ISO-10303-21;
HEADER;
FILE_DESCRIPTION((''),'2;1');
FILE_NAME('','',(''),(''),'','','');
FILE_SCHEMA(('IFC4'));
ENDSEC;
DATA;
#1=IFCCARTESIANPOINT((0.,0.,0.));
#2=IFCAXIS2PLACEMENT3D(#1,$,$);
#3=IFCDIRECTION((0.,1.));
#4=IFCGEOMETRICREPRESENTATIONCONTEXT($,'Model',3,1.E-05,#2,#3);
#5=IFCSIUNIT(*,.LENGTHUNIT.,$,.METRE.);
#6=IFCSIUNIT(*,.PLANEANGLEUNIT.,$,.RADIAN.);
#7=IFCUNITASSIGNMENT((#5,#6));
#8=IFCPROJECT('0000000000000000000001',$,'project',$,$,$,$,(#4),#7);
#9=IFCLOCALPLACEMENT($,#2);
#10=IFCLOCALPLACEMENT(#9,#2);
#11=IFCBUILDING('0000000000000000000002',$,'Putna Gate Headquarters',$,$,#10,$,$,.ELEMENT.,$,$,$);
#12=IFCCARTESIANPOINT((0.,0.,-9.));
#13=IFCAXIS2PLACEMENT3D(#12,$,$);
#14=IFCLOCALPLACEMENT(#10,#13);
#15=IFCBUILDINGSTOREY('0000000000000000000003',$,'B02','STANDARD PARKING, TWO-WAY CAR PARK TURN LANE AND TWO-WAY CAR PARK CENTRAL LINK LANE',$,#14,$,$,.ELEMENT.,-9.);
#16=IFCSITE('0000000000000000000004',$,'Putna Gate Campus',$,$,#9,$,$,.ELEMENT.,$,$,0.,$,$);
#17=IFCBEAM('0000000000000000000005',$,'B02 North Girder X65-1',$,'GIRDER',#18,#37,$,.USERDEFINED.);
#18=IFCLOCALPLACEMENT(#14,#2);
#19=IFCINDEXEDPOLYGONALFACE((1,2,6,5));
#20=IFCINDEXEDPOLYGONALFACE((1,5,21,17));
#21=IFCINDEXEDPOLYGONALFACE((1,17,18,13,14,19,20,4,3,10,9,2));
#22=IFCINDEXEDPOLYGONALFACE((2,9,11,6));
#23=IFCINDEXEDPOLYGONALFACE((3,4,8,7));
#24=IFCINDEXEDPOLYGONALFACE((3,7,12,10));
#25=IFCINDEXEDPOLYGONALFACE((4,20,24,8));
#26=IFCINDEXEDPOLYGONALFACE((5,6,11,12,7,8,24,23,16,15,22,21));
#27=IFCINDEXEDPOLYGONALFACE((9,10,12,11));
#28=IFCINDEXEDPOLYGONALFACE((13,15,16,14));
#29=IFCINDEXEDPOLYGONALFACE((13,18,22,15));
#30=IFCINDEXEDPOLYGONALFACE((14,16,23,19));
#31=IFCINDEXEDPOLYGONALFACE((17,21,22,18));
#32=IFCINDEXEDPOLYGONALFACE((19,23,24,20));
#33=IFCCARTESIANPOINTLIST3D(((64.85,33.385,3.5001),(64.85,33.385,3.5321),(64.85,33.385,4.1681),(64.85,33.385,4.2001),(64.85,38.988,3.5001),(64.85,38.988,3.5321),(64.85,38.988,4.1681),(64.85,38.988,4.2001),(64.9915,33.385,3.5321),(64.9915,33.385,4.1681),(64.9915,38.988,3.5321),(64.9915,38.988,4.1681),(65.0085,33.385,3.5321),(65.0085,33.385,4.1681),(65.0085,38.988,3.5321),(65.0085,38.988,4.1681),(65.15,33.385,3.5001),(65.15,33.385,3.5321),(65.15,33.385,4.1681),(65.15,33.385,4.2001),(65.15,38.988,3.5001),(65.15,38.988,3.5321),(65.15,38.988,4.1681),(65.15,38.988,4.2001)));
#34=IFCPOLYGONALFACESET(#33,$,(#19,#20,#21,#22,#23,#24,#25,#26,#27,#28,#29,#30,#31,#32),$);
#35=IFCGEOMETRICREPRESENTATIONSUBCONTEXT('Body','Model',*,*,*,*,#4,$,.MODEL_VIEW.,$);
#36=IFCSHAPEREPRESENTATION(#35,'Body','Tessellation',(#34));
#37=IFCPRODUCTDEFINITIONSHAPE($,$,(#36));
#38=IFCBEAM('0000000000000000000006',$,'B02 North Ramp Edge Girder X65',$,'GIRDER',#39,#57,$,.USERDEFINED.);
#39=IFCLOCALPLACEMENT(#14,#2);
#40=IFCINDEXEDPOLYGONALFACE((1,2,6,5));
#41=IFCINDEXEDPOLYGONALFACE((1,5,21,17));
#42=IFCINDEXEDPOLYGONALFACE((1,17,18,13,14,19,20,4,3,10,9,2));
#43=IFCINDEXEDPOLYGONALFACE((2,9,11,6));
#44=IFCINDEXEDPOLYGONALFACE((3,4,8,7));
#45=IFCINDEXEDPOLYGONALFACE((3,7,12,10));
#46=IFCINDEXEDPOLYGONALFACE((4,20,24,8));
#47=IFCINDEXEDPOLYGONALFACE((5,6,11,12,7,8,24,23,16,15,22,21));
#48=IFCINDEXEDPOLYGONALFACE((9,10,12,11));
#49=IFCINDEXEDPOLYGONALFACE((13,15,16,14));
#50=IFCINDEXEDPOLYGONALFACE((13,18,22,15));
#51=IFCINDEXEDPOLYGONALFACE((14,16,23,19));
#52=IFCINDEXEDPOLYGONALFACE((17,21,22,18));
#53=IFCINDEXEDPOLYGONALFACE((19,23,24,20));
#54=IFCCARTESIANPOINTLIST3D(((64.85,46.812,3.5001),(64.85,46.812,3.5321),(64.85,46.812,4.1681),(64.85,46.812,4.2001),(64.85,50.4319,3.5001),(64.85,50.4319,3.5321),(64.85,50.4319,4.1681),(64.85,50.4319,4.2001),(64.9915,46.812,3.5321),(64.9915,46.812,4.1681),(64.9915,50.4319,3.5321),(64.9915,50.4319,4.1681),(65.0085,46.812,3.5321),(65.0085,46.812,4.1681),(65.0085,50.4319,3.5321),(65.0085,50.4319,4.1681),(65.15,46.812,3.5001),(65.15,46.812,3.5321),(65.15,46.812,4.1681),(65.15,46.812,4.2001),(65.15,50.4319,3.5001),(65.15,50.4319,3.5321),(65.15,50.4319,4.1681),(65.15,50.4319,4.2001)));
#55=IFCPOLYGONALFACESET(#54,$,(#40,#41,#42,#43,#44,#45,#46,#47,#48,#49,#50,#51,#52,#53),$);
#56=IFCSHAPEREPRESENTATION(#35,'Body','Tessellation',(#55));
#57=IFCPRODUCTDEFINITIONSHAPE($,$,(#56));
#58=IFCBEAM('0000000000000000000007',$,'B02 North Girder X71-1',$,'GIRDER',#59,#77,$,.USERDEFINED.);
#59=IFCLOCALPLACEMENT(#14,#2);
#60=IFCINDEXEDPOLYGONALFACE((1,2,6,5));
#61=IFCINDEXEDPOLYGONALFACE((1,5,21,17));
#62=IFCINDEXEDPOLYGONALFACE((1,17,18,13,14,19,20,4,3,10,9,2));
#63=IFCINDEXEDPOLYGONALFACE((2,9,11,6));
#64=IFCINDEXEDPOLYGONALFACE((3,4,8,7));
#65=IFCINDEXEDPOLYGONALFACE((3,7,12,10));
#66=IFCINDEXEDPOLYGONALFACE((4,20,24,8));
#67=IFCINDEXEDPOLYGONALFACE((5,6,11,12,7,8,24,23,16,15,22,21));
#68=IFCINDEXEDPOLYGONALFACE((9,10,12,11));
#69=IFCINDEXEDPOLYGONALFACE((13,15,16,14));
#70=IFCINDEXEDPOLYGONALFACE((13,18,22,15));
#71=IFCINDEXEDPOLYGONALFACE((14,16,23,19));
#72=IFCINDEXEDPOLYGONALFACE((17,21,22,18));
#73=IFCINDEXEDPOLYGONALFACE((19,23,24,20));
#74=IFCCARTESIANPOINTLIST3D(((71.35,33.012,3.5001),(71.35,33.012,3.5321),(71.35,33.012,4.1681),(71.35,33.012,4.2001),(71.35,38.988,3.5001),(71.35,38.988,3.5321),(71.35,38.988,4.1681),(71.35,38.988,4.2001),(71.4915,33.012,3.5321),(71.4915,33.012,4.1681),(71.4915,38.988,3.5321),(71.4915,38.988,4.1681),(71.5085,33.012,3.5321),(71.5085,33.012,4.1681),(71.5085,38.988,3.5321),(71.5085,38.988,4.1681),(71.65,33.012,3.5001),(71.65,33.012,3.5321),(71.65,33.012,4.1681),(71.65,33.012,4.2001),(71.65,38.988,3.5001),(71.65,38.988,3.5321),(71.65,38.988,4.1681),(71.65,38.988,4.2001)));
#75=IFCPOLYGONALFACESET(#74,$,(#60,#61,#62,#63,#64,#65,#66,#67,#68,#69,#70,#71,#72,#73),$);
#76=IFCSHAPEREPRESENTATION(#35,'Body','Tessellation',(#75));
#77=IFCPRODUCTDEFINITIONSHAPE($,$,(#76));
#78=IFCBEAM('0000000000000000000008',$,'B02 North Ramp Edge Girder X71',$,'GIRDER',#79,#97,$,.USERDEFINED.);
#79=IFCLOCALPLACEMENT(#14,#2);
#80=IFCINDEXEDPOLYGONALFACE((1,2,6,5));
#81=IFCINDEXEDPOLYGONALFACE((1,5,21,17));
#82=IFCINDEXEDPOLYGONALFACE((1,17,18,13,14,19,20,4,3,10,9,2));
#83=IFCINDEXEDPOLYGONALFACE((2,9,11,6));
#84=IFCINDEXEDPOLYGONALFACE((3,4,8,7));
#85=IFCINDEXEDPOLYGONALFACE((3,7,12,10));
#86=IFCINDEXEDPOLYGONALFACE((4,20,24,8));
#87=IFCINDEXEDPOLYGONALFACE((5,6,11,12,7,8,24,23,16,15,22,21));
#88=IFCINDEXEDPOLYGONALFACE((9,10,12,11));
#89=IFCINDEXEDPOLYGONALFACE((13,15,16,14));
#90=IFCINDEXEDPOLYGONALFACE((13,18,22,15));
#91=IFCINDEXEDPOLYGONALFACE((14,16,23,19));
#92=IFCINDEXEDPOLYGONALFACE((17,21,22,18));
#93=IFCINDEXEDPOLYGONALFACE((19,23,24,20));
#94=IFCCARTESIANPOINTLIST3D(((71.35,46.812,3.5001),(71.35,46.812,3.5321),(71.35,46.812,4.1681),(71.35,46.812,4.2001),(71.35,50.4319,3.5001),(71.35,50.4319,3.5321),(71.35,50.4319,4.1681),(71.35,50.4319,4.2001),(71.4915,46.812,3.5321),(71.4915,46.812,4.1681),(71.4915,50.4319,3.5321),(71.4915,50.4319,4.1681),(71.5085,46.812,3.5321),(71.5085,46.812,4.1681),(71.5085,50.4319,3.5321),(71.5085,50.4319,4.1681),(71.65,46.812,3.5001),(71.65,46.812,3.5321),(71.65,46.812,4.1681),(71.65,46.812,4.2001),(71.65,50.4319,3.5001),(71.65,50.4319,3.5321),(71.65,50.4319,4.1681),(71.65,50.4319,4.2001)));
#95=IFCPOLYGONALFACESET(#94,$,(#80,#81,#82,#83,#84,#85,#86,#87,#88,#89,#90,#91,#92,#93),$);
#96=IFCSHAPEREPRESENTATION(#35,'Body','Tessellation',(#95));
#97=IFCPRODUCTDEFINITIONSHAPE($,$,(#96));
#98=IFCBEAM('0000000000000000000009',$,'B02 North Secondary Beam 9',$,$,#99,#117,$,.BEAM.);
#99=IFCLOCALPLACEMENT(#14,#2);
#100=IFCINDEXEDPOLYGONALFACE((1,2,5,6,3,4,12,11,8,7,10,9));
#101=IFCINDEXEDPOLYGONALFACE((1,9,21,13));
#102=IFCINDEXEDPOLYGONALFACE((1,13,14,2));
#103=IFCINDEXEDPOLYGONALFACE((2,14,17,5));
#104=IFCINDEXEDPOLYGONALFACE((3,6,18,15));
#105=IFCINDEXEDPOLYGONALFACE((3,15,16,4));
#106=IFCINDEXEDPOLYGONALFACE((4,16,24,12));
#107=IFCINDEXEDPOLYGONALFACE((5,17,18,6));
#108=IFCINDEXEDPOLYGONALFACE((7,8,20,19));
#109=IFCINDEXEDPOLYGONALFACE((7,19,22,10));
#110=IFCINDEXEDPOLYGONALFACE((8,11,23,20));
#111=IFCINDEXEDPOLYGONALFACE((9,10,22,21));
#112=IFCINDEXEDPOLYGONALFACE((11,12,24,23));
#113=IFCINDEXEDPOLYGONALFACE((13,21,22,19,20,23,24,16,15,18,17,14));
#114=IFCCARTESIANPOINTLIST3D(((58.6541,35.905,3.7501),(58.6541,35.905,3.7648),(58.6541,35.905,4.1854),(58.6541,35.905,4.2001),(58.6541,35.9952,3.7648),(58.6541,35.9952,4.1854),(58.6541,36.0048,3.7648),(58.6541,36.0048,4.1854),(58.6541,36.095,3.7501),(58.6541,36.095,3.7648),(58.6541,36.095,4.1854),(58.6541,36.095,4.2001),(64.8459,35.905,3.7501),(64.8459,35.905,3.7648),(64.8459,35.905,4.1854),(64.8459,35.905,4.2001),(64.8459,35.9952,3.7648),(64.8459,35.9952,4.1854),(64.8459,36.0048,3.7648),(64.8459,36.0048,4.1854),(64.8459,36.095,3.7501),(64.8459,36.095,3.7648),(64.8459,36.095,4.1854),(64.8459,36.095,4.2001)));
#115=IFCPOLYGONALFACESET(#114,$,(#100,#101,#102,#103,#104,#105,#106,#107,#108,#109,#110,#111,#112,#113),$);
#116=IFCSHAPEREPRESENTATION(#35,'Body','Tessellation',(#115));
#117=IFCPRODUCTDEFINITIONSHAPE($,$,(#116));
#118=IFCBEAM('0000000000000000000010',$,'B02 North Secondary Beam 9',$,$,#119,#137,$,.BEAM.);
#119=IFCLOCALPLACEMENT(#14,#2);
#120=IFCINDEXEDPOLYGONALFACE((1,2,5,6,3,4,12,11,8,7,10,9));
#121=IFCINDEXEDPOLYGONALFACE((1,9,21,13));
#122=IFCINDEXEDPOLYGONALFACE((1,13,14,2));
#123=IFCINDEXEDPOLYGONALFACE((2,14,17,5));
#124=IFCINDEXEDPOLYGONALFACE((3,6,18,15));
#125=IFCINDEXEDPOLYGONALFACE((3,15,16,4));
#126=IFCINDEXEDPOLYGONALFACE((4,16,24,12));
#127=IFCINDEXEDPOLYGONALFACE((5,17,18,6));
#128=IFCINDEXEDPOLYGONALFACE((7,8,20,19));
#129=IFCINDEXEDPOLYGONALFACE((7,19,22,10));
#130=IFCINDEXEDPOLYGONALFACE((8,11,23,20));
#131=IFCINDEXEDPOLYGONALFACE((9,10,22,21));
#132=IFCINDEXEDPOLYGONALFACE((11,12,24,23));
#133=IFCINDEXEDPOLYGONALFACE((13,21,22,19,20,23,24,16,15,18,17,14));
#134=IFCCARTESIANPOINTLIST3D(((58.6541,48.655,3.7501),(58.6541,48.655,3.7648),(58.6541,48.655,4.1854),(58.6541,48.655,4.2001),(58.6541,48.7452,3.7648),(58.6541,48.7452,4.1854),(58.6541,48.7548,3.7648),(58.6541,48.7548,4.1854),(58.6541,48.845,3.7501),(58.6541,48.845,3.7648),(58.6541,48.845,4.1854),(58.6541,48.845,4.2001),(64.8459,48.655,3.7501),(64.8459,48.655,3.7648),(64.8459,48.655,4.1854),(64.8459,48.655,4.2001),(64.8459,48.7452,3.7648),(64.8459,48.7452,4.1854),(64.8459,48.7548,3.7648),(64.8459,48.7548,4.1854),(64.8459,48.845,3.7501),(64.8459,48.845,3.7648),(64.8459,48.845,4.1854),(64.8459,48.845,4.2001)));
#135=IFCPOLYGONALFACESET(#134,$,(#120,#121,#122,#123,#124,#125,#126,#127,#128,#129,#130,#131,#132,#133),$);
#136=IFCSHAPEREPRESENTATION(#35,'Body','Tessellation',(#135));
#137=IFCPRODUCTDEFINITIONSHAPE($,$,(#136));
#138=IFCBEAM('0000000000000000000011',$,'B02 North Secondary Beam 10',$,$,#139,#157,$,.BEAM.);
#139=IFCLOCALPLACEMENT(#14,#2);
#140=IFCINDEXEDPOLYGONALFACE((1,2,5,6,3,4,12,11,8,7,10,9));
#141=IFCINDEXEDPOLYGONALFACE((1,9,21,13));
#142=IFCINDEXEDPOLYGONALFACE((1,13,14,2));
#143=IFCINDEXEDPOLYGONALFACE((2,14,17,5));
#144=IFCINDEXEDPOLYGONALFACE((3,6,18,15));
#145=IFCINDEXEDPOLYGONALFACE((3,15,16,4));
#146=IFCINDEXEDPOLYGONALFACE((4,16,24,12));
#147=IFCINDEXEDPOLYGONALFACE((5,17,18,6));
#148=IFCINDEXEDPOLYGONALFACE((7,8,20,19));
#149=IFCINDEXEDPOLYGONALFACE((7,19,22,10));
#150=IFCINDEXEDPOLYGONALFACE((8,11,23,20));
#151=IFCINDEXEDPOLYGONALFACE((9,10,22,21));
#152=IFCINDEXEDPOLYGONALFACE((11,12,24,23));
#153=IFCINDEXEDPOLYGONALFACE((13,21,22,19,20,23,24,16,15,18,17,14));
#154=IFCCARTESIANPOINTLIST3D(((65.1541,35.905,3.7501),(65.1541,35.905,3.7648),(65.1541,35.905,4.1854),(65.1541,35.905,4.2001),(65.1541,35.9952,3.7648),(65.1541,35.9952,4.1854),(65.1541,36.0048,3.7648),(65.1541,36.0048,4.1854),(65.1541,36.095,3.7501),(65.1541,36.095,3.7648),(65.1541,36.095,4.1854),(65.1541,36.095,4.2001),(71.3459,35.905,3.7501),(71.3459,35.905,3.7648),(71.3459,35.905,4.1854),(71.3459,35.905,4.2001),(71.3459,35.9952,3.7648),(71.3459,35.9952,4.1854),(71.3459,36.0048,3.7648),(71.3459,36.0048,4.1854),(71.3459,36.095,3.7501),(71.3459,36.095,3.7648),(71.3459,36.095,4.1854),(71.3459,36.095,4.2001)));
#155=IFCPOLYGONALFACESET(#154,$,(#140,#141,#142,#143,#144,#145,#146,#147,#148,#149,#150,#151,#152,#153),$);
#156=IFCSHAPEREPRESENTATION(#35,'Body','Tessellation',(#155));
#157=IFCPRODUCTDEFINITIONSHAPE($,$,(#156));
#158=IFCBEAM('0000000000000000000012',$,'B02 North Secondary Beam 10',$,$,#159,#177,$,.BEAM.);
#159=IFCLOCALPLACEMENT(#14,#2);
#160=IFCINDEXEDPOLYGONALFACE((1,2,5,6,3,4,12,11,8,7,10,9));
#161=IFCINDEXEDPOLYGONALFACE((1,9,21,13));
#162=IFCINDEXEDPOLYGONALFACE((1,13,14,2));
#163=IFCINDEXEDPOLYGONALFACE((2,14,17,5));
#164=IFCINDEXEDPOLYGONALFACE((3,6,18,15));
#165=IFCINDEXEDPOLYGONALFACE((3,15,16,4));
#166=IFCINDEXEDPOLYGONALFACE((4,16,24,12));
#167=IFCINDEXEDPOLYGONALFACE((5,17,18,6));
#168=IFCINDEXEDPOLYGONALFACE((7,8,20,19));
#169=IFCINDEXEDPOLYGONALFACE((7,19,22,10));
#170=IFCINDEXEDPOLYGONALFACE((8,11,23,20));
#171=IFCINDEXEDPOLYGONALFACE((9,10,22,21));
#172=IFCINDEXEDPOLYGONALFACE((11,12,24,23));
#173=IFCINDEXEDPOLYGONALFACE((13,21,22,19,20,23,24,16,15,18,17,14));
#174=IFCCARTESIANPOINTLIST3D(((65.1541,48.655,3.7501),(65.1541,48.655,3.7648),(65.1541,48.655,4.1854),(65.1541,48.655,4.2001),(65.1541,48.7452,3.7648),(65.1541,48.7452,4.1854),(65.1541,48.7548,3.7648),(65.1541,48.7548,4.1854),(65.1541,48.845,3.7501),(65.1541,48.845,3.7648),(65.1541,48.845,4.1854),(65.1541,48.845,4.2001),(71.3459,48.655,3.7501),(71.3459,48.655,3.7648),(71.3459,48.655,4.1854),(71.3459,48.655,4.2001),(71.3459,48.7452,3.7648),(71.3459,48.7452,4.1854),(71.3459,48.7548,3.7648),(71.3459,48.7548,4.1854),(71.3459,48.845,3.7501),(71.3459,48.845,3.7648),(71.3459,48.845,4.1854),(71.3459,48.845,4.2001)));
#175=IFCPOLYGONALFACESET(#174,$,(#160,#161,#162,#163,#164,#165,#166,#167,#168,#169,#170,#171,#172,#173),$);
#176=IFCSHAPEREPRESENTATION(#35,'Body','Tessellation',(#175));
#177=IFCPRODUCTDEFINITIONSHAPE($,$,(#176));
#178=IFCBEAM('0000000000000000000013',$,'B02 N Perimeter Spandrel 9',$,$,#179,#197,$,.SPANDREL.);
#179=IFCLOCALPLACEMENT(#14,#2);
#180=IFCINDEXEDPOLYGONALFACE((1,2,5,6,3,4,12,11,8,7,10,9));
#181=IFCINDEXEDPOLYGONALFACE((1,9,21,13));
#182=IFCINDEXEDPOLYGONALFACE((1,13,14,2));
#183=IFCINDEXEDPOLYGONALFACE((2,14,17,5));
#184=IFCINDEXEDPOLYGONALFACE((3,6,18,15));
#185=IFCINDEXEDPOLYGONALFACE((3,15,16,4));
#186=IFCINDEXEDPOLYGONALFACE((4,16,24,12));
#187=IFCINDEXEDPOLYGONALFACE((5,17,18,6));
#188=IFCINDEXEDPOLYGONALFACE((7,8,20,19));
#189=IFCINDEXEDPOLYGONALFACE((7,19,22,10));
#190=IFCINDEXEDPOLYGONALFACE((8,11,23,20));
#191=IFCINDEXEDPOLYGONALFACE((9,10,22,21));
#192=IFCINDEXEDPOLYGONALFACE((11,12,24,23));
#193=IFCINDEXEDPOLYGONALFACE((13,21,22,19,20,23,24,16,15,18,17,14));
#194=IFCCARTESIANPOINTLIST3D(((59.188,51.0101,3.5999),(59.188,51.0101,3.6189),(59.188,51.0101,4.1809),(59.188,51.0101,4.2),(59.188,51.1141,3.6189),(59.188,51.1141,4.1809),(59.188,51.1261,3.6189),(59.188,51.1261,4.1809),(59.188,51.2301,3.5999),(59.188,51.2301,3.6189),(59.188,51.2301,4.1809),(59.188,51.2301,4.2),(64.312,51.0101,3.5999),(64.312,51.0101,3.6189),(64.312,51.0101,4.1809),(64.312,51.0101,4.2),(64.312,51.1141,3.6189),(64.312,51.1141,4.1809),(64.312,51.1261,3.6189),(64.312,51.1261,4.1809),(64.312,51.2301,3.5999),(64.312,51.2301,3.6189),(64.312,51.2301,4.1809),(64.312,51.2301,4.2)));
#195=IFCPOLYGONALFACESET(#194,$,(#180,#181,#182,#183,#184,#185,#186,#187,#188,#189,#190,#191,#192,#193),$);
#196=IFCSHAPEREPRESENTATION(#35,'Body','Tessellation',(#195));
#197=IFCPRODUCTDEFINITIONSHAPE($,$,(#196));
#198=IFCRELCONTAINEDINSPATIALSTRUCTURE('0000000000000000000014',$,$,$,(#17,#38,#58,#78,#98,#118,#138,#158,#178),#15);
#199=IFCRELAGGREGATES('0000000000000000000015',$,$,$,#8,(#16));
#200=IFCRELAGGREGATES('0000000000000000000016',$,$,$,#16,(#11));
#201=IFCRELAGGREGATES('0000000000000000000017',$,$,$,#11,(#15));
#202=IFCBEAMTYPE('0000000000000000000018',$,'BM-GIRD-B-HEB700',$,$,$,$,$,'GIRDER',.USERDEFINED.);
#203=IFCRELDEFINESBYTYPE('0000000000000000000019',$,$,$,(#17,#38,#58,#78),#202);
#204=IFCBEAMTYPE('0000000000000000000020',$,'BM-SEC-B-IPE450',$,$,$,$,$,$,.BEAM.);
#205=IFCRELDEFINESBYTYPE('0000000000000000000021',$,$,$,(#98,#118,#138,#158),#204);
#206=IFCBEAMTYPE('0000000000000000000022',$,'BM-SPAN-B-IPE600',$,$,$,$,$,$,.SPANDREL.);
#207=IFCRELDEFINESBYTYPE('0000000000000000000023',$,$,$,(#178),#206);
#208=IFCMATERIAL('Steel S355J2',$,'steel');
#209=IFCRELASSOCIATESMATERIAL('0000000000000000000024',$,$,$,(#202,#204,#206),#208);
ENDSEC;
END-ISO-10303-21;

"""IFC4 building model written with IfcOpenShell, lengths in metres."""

from ifc_helpers import new_model, si_unit, direction, frame, origin, origin_2d, place, context, subcontext, project, spatial, i_section, extrude, material, material_profile, profile_set, type_object, element, save


model = new_model("IFC4")

# Units and contexts
model_context = context("Model", 3, precision=1e-05, world=origin(), true_north=direction((0.0, 1.0)))
body_context = subcontext(model_context, "Body", "Model", "MODEL_VIEW")
ifc_project = project(units=[si_unit("LENGTHUNIT", "METRE"), si_unit("PLANEANGLEUNIT", "RADIAN")], contexts=[model_context])

# Site, building, storey
site_placement = place(None, origin())
site = spatial("IfcSite", under=ifc_project, at=site_placement, Name="Putna Gate Campus", CompositionType="ELEMENT", RefElevation=0.0)
building_placement = place(site_placement, origin())
building = spatial("IfcBuilding", under=site, at=building_placement, Name="Putna Gate Headquarters", CompositionType="ELEMENT")
storey_placement = place(building_placement, frame((0.0, 0.0, -9.0)))
storey = spatial("IfcBuildingStorey", under=building, at=storey_placement, Name="B02", Description="STANDARD PARKING, TWO-WAY CAR PARK TURN LANE AND TWO-WAY CAR PARK CENTRAL LINK LANE", CompositionType="ELEMENT", Elevation=-9.0)

# Beams
ifc_material_1 = material(Name="Steel S355J2", Category="steel")
ifc_material_profile_1 = material_profile(ifc_material_1, i_section(OverallWidth=0.3, OverallDepth=0.7, WebThickness=0.0171, FlangeThickness=0.032, at=origin_2d()), Name="Steel S355J2")
ifc_profile_set_1 = profile_set([ifc_material_profile_1], Name="Steel S355J2")
beam_type_1 = type_object("IfcBeamType", Name="BM-GIRD-B-HEB700", ElementType="GIRDER", PredefinedType="USERDEFINED", material=ifc_profile_set_1)
beam_1_placement = place(storey_placement, frame((65.0, 33.385, 3.8501), z_axis=(0.0, 1.0, 0.0), x_axis=(-1.0, 0.0, 0.0)))
element("IfcBeam", 1, at=beam_1_placement, inside=storey, type_object=beam_type_1, Name="B02 North Girder X65-1", ObjectType="GIRDER", PredefinedType="USERDEFINED", context=body_context, shape_type="SweptSolid", body=[
    extrude(i_section(OverallWidth=0.3, OverallDepth=0.7, WebThickness=0.0171, FlangeThickness=0.032, at=origin_2d()), origin(), (0.0, 0.0, 1.0), 5.603),
])
beam_2_placement = place(storey_placement, frame((65.0, 46.812, 3.8501), z_axis=(0.0, 1.0, 0.0), x_axis=(-1.0, 0.0, 0.0)))
element("IfcBeam", 2, at=beam_2_placement, inside=storey, type_object=beam_type_1, Name="B02 North Ramp Edge Girder X65", ObjectType="GIRDER", PredefinedType="USERDEFINED", context=body_context, shape_type="SweptSolid", body=[
    extrude(i_section(OverallWidth=0.3, OverallDepth=0.7, WebThickness=0.0171, FlangeThickness=0.032, at=origin_2d()), origin(), (0.0, 0.0, 1.0), 3.6199),
])
beam_3_placement = place(storey_placement, frame((71.5, 33.012, 3.8501), z_axis=(0.0, 1.0, 0.0), x_axis=(-1.0, 0.0, 0.0)))
element("IfcBeam", 3, at=beam_3_placement, inside=storey, type_object=beam_type_1, Name="B02 North Girder X71-1", ObjectType="GIRDER", PredefinedType="USERDEFINED", context=body_context, shape_type="SweptSolid", body=[
    extrude(i_section(OverallWidth=0.3, OverallDepth=0.7, WebThickness=0.0171, FlangeThickness=0.032, at=origin_2d()), origin(), (0.0, 0.0, 1.0), 5.9761),
])
beam_4_placement = place(storey_placement, frame((71.5, 46.812, 3.8501), z_axis=(0.0, 1.0, 0.0), x_axis=(-1.0, 0.0, 0.0)))
element("IfcBeam", 4, at=beam_4_placement, inside=storey, type_object=beam_type_1, Name="B02 North Ramp Edge Girder X71", ObjectType="GIRDER", PredefinedType="USERDEFINED", context=body_context, shape_type="SweptSolid", body=[
    extrude(i_section(OverallWidth=0.3, OverallDepth=0.7, WebThickness=0.0171, FlangeThickness=0.032, at=origin_2d()), origin(), (0.0, 0.0, 1.0), 3.6199),
])
ifc_material_profile_2 = material_profile(ifc_material_1, i_section(OverallWidth=0.1899, OverallDepth=0.45, WebThickness=0.0095, FlangeThickness=0.0146, at=origin_2d()), Name="Steel S355J2")
ifc_profile_set_2 = profile_set([ifc_material_profile_2], Name="Steel S355J2")
beam_type_2 = type_object("IfcBeamType", Name="BM-SEC-B-IPE450", PredefinedType="BEAM", material=ifc_profile_set_2)
for number, where, z_axis, x_axis, name in (
    (5, (58.6541, 36.0, 3.9751), (1.0, 0.0, 0.0), (0.0, 1.0, 0.0), "B02 North Secondary Beam 9"),
    (6, (58.6541, 48.75, 3.9751), (1.0, 0.0, 0.0), (0.0, 1.0, 0.0), "B02 North Secondary Beam 9"),
    (7, (65.1541, 36.0, 3.9751), (1.0, 0.0, 0.0), (0.0, 1.0, 0.0), "B02 North Secondary Beam 10"),
    (8, (65.1541, 48.75, 3.9751), (1.0, 0.0, 0.0), (0.0, 1.0, 0.0), "B02 North Secondary Beam 10"),
):
    element("IfcBeam", number, at=place(storey_placement, frame(where, z_axis=z_axis, x_axis=x_axis)), inside=storey, type_object=beam_type_2, Name=name, PredefinedType="BEAM", context=body_context, shape_type="SweptSolid", body=[
        extrude(i_section(OverallWidth=0.1899, OverallDepth=0.45, WebThickness=0.0095, FlangeThickness=0.0146, at=origin_2d()), origin(), (0.0, 0.0, 1.0), 6.1919),
    ])
ifc_material_profile_3 = material_profile(ifc_material_1, i_section(OverallWidth=0.22, OverallDepth=0.6001, WebThickness=0.012, FlangeThickness=0.019, at=origin_2d()), Name="Steel S355J2")
ifc_profile_set_3 = profile_set([ifc_material_profile_3], Name="Steel S355J2")
beam_type_3 = type_object("IfcBeamType", Name="BM-SPAN-B-IPE600", PredefinedType="SPANDREL", material=ifc_profile_set_3)
for number, where, z_axis, x_axis, name in (
    (9, (59.188, 51.1201, 3.8999), (1.0, 0.0, 0.0), (0.0, 1.0, 0.0), "B02 N Perimeter Spandrel 9"),
):
    element("IfcBeam", number, at=place(storey_placement, frame(where, z_axis=z_axis, x_axis=x_axis)), inside=storey, type_object=beam_type_3, Name=name, PredefinedType="SPANDREL", context=body_context, shape_type="SweptSolid", body=[
        extrude(i_section(OverallWidth=0.22, OverallDepth=0.6001, WebThickness=0.012, FlangeThickness=0.019, at=origin_2d()), origin(), (0.0, 0.0, 1.0), 5.124),
    ])

save(model, "model.ifc")
